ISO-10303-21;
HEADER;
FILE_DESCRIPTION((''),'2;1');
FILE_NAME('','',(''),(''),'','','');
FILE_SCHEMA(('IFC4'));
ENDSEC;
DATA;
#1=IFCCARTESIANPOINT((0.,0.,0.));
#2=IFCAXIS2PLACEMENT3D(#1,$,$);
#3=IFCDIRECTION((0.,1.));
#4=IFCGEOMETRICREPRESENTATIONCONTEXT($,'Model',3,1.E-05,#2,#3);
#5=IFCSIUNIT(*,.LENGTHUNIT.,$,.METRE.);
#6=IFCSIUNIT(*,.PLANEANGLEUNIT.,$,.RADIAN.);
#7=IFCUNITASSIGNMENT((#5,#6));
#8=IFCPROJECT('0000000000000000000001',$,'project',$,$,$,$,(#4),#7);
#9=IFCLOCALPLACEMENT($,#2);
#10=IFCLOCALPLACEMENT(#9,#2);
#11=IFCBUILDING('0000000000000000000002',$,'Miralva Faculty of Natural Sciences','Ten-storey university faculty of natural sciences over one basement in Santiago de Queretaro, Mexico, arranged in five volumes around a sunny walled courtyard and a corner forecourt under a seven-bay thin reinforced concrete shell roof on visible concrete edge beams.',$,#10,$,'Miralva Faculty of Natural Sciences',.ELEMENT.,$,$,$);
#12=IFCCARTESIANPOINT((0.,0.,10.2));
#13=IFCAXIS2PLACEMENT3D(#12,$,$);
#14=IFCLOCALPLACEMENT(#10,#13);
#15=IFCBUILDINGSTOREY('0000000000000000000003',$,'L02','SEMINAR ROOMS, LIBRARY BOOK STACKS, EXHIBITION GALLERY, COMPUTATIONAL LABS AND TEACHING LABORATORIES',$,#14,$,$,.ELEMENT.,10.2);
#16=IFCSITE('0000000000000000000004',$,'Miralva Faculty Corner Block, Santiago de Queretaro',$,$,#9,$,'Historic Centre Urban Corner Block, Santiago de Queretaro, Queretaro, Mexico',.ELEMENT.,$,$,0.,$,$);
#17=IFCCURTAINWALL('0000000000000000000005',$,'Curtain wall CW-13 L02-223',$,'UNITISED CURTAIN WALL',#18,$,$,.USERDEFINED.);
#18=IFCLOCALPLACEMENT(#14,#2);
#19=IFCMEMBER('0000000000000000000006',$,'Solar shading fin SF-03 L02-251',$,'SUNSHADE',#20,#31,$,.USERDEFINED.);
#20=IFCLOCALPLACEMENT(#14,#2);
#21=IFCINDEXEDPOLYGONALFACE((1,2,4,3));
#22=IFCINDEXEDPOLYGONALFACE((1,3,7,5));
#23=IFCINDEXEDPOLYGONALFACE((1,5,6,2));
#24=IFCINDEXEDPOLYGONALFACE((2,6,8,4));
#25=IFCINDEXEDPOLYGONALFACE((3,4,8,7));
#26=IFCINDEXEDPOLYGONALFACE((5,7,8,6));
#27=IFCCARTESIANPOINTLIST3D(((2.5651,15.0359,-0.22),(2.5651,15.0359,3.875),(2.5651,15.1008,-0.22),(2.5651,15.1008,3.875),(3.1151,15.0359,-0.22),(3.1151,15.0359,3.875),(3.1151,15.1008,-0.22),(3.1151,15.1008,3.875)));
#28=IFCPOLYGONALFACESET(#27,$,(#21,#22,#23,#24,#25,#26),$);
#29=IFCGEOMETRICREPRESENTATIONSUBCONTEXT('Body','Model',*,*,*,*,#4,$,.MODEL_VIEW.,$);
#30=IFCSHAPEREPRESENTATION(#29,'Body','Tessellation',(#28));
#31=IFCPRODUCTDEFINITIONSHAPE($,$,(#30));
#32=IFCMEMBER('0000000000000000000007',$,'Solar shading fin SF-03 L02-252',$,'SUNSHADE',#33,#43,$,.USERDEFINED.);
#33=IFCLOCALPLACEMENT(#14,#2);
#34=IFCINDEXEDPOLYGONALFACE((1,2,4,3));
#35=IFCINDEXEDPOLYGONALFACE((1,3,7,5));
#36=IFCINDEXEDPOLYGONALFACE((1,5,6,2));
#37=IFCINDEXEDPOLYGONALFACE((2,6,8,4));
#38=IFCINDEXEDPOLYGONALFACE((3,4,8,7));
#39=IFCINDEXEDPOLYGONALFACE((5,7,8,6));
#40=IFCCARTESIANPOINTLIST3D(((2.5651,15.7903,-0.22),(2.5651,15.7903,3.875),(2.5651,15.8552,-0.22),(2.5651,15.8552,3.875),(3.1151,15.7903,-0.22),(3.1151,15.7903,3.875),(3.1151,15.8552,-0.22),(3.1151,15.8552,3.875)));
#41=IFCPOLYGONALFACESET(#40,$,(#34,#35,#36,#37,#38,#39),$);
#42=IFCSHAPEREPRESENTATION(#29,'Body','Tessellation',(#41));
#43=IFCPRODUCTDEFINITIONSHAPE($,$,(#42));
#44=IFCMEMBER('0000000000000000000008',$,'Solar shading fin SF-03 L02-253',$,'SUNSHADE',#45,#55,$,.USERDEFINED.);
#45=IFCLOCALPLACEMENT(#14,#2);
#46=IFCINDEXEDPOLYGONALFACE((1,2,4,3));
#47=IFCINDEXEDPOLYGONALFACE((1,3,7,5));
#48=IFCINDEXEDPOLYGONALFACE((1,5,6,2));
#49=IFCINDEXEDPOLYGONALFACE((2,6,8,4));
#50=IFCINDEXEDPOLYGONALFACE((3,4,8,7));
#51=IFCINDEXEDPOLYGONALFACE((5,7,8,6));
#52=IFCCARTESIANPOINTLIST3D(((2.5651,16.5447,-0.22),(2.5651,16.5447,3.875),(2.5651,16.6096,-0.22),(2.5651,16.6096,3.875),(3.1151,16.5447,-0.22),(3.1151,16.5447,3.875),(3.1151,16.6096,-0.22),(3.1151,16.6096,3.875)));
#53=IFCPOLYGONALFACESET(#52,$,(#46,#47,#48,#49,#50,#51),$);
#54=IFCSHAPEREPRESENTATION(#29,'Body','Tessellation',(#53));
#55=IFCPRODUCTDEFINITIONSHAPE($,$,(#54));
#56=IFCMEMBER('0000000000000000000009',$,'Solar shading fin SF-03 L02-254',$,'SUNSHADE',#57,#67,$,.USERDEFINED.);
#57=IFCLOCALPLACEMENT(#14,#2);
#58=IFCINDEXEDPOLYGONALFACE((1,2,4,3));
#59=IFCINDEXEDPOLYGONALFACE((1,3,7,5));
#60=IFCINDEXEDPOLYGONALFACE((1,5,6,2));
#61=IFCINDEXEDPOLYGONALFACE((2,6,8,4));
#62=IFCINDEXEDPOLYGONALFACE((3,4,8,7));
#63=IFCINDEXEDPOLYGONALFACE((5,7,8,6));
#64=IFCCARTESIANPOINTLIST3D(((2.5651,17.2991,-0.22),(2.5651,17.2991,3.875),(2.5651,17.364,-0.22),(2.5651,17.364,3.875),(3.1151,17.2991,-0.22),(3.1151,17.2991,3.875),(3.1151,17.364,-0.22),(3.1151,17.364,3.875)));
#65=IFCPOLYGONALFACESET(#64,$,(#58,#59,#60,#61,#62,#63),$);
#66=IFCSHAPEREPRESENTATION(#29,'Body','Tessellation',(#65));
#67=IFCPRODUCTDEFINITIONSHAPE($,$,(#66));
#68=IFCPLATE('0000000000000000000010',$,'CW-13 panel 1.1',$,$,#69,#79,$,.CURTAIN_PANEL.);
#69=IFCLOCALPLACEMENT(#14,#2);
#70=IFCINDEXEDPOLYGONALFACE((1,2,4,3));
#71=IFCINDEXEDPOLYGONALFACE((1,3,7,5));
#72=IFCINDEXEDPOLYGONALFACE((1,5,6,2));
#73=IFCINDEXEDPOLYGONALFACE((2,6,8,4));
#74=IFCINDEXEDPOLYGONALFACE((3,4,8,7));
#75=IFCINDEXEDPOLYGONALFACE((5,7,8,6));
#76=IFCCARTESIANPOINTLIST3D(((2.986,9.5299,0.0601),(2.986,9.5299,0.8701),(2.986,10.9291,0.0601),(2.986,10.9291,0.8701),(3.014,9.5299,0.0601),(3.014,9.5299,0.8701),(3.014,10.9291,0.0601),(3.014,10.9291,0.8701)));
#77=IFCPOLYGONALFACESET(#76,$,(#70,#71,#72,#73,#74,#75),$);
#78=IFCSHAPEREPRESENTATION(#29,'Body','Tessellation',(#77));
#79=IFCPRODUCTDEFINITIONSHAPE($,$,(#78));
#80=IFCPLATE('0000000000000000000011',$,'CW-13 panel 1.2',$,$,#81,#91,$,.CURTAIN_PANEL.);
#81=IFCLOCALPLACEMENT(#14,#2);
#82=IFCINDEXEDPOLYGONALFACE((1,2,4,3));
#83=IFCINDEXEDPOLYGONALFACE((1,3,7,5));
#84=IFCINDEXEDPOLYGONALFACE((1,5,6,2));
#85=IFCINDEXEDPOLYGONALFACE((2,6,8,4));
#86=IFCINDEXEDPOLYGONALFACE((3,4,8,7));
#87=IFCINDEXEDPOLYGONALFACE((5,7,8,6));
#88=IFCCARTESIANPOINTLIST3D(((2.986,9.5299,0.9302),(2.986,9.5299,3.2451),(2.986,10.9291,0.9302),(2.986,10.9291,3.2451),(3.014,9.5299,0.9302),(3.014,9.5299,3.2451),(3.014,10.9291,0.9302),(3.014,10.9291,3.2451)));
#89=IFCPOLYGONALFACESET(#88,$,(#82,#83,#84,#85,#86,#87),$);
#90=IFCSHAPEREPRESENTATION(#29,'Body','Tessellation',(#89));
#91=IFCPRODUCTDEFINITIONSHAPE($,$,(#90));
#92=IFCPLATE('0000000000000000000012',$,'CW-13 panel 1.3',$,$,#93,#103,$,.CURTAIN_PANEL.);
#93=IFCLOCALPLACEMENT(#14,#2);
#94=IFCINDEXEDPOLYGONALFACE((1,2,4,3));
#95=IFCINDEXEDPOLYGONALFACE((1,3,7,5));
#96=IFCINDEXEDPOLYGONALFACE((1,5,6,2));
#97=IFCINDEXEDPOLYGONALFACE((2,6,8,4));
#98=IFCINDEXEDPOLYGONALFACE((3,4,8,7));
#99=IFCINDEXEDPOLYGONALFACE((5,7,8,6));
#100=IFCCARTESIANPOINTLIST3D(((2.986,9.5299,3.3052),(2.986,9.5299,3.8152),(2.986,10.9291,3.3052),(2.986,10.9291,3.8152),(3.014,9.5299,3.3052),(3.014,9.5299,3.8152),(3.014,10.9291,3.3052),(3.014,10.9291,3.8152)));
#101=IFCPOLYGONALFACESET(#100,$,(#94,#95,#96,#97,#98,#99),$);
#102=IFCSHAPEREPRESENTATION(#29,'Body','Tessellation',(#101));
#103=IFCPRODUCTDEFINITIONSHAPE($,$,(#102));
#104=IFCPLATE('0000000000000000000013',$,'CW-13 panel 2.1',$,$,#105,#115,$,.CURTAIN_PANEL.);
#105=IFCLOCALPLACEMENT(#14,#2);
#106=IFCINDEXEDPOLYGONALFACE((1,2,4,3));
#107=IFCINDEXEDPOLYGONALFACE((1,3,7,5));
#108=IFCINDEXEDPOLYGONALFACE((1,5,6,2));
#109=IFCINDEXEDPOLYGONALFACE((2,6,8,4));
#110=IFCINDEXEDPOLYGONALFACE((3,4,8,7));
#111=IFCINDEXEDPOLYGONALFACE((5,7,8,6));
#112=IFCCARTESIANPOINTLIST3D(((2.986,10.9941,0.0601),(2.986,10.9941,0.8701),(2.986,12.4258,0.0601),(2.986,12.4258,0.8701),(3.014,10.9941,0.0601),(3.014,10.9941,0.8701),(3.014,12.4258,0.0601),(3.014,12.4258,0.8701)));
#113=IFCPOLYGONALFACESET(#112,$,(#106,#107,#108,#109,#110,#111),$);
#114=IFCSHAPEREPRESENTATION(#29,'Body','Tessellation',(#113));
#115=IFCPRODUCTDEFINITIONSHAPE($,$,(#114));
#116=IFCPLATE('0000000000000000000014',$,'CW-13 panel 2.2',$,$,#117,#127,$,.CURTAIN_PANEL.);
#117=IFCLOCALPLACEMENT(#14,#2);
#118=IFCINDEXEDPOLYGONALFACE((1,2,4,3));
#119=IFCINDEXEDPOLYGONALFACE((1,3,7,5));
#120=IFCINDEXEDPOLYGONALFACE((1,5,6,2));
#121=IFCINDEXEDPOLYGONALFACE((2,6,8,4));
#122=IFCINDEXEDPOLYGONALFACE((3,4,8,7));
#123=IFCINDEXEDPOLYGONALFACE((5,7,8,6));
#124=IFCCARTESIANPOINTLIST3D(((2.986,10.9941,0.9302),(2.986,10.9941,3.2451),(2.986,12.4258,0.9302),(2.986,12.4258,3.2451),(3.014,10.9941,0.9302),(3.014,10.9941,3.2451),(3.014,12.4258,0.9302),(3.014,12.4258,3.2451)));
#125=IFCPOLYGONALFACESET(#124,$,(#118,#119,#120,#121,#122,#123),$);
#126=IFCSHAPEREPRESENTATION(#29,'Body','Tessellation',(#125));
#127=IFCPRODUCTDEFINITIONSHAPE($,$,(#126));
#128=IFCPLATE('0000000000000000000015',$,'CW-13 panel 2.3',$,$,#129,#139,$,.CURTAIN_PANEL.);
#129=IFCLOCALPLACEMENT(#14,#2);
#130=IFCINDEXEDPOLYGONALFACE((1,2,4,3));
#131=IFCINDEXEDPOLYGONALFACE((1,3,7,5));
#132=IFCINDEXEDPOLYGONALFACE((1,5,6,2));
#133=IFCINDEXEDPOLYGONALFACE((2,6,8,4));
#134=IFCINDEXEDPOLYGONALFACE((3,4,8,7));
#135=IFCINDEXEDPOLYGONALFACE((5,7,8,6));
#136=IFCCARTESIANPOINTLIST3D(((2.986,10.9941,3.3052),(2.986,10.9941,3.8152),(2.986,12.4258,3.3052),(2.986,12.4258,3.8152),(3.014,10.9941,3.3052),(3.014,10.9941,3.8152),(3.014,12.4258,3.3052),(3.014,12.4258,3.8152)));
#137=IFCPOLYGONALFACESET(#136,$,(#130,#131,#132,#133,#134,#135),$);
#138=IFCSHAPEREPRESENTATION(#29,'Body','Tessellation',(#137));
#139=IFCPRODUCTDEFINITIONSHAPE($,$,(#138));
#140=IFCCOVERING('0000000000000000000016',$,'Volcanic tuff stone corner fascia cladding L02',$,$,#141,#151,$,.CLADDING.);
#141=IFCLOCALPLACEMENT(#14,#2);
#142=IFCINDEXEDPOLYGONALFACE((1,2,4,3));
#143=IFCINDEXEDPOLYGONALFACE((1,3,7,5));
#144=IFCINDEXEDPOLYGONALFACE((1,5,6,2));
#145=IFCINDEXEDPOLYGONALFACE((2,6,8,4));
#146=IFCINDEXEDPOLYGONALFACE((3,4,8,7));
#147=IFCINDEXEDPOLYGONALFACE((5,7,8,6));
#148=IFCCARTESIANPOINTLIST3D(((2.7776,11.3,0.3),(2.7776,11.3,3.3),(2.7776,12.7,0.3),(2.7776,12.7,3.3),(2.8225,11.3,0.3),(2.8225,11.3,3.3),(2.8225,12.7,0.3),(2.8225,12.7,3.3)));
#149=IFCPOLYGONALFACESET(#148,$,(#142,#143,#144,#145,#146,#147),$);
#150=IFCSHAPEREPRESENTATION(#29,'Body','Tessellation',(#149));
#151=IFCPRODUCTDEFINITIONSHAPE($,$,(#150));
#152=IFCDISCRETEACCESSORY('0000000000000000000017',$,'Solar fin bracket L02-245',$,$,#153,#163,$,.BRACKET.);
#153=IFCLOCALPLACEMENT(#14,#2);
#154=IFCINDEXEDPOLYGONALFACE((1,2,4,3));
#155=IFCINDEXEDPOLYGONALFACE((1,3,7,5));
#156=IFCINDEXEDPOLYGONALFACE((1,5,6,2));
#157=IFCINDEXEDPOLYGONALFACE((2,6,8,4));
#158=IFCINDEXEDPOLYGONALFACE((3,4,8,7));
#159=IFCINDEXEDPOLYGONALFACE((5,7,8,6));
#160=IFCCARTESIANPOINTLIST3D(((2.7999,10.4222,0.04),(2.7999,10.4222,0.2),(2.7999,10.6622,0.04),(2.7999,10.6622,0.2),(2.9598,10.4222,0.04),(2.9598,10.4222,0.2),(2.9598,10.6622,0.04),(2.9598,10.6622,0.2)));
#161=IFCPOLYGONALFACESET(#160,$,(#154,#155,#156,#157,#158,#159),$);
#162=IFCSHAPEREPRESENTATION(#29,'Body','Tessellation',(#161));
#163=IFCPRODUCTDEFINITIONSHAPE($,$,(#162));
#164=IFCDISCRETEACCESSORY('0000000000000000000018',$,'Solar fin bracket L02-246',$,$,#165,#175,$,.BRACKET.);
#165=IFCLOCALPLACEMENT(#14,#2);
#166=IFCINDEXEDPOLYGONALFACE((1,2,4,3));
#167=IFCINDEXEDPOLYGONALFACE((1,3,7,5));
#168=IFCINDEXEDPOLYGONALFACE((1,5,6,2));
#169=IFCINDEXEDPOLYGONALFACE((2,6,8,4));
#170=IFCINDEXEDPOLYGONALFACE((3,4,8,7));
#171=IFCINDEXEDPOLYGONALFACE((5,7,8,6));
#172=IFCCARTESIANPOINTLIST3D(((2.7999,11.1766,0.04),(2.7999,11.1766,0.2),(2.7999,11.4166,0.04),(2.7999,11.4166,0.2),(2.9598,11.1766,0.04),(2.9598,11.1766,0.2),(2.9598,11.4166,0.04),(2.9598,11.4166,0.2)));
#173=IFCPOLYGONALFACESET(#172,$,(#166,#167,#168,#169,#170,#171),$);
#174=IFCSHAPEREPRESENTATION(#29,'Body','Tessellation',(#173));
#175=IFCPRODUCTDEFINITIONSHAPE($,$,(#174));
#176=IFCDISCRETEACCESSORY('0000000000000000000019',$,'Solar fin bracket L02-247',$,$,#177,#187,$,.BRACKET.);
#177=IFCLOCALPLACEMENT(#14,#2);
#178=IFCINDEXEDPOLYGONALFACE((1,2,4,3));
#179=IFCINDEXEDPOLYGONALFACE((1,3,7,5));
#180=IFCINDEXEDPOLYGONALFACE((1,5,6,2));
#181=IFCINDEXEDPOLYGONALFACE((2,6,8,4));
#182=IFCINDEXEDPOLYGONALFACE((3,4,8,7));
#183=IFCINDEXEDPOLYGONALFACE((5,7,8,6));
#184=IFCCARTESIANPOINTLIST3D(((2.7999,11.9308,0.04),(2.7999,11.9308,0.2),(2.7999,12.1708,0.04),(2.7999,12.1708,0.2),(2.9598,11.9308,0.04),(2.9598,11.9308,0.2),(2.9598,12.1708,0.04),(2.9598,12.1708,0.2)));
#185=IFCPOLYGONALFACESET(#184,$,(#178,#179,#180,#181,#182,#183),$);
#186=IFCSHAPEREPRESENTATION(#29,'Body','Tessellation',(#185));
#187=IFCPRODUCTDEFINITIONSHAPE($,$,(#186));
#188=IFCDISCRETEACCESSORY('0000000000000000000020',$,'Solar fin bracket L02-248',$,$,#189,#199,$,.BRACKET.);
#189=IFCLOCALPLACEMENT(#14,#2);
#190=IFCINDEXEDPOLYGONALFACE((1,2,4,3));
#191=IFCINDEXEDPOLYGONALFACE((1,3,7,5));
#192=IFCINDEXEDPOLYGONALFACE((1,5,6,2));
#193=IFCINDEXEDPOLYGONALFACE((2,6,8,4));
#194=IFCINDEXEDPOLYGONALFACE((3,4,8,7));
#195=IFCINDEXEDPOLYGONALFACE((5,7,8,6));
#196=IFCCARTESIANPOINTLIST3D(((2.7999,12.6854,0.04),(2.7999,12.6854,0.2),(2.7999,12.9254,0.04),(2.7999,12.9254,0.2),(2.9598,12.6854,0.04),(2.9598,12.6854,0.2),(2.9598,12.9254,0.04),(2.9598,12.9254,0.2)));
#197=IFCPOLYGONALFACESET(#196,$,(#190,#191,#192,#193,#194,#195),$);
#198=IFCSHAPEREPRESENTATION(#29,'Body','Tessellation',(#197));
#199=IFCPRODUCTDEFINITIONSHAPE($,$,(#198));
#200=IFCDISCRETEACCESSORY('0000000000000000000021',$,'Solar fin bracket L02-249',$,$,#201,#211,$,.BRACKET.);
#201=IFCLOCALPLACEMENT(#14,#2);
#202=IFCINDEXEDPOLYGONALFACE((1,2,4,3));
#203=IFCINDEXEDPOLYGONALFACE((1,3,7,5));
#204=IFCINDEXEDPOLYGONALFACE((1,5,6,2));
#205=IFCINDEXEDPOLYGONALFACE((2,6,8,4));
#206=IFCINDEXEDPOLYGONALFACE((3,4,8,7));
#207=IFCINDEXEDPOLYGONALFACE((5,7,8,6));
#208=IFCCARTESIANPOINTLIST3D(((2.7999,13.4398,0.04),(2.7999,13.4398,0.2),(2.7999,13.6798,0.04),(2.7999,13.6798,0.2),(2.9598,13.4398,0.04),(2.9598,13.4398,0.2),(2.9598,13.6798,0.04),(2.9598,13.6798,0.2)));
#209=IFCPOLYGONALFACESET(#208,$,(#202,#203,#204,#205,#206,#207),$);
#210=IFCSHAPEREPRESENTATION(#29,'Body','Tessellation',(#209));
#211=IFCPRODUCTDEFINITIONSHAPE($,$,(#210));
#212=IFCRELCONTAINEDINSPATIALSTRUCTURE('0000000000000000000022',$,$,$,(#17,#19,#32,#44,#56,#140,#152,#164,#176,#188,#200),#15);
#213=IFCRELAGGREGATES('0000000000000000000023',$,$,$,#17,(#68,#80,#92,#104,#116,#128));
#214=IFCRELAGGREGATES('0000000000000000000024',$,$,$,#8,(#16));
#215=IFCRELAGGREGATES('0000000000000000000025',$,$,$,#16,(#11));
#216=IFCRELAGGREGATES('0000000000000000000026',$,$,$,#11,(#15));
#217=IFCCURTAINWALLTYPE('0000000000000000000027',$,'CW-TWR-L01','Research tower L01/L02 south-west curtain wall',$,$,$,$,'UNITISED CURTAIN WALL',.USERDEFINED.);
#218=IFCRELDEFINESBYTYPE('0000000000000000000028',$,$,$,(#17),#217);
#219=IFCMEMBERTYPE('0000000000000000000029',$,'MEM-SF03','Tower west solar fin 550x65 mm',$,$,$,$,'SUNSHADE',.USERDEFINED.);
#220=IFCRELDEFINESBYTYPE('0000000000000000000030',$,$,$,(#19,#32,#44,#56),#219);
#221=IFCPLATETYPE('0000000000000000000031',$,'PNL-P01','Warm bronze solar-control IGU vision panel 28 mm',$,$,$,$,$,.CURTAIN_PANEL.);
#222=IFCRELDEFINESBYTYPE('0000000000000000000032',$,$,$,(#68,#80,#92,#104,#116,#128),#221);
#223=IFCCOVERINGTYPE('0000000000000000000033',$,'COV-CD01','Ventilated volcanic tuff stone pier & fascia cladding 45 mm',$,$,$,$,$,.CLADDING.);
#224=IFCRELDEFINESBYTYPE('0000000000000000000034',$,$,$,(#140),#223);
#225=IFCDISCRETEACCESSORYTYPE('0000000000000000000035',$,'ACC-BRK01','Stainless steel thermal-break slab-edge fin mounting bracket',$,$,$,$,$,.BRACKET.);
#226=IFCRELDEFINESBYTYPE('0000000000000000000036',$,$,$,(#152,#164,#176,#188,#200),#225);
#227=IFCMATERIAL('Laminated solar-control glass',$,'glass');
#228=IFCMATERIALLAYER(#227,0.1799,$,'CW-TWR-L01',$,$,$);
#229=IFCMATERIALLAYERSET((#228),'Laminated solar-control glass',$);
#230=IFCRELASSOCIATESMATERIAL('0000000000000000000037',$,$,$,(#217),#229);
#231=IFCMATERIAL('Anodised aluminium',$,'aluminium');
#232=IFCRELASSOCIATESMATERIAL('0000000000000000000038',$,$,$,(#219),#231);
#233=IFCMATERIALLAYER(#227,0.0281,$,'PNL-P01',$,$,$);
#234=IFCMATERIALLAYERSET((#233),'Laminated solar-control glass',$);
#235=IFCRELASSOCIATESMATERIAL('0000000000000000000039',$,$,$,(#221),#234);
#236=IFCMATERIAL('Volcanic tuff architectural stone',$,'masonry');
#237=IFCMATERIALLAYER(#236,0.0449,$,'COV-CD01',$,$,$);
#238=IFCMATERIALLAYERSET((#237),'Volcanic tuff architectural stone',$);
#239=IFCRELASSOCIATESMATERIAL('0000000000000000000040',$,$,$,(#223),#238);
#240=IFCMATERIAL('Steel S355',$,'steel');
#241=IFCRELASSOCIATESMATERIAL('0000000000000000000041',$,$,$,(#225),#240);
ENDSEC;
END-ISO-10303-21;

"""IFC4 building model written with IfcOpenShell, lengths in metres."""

from ifc_helpers import new_model, si_unit, direction, frame, origin, origin_2d, place, context, subcontext, project, spatial, rectangle, extrude, material, layer, layer_set, material_profile, profile_set, type_object, element, aggregate, save


model = new_model("IFC4")

# Units and contexts
model_context = context("Model", 3, precision=1e-05, world=origin(), true_north=direction((0.0, 1.0)))
body_context = subcontext(model_context, "Body", "Model", "MODEL_VIEW")
ifc_project = project(units=[si_unit("LENGTHUNIT", "METRE"), si_unit("PLANEANGLEUNIT", "RADIAN")], contexts=[model_context])

# Site, building, storey
site_placement = place(None, origin())
site = spatial("IfcSite", under=ifc_project, at=site_placement, Name="Miralva Faculty Corner Block, Santiago de Queretaro", LongName="Historic Centre Urban Corner Block, Santiago de Queretaro, Queretaro, Mexico", CompositionType="ELEMENT", RefElevation=0.0)
building_placement = place(site_placement, origin())
building = spatial("IfcBuilding", under=site, at=building_placement, Name="Miralva Faculty of Natural Sciences", Description="Ten-storey university faculty of natural sciences over one basement in Santiago de Queretaro, Mexico, arranged in five volumes around a sunny walled courtyard and a corner forecourt under a seven-bay thin reinforced concrete shell roof on visible concrete edge beams.", LongName="Miralva Faculty of Natural Sciences", CompositionType="ELEMENT")
storey_placement = place(building_placement, frame((0.0, 0.0, 10.2)))
storey = spatial("IfcBuildingStorey", under=building, at=storey_placement, Name="L02", Description="SEMINAR ROOMS, LIBRARY BOOK STACKS, EXHIBITION GALLERY, COMPUTATIONAL LABS AND TEACHING LABORATORIES", CompositionType="ELEMENT", Elevation=10.2)

# Curtain wall
ifc_material_1 = material(Name="Laminated solar-control glass", Category="glass")
ifc_layer_1 = layer(ifc_material_1, 0.1799, Name="CW-TWR-L01")
ifc_layer_set_1 = layer_set([ifc_layer_1], Name="Laminated solar-control glass")
curtain_wall_type = type_object("IfcCurtainWallType", Name="CW-TWR-L01", Description="Research tower L01/L02 south-west curtain wall", ElementType="UNITISED CURTAIN WALL", PredefinedType="USERDEFINED", material=ifc_layer_set_1)
curtain_wall_placement = place(storey_placement, origin())
curtain_wall = element("IfcCurtainWall", 1, at=curtain_wall_placement, inside=storey, type_object=curtain_wall_type, Name="Curtain wall CW-13 L02-223", ObjectType="UNITISED CURTAIN WALL", PredefinedType="USERDEFINED")
ifc_material_2 = material(Name="Anodised aluminium", Category="aluminium")

# Members
ifc_material_profile_1 = material_profile(ifc_material_2, rectangle(XDim=0.0649, YDim=0.55, at=origin_2d()), Name="FIN 550x65")
ifc_profile_set_1 = profile_set([ifc_material_profile_1], Name="Anodised aluminium")
member_type_1 = type_object("IfcMemberType", Name="MEM-SF03", Description="Tower west solar fin 550x65 mm", ElementType="SUNSHADE", PredefinedType="USERDEFINED", material=ifc_profile_set_1)
for number, where, z_axis, x_axis, name in (
    (2, (2.8401, 15.0684, -0.22), (0.0, 0.0, 1.0), (0.0, -1.0, 0.0), "Solar shading fin SF-03 L02-251"),
    (3, (2.8401, 15.8228, -0.22), (0.0, 0.0, 1.0), (0.0, -1.0, 0.0), "Solar shading fin SF-03 L02-252"),
    (4, (2.8401, 16.5771, -0.22), (0.0, 0.0, 1.0), (0.0, -1.0, 0.0), "Solar shading fin SF-03 L02-253"),
    (5, (2.8401, 17.3315, -0.22), (0.0, 0.0, 1.0), (0.0, -1.0, 0.0), "Solar shading fin SF-03 L02-254"),
):
    element("IfcMember", number, at=place(storey_placement, frame(where, z_axis=z_axis, x_axis=x_axis)), inside=storey, type_object=member_type_1, Name=name, ObjectType="SUNSHADE", PredefinedType="USERDEFINED", context=body_context, shape_type="SweptSolid", body=[
        extrude(rectangle(XDim=0.0649, YDim=0.55, at=origin_2d()), origin(), (0.0, 0.0, 1.0), 4.095),
    ])

# Plates
ifc_layer_2 = layer(ifc_material_1, 0.0281, Name="PNL-P01")
ifc_layer_set_2 = layer_set([ifc_layer_2], Name="Laminated solar-control glass")
plate_type = type_object("IfcPlateType", Name="PNL-P01", Description="Warm bronze solar-control IGU vision panel 28 mm", PredefinedType="CURTAIN_PANEL", material=ifc_layer_set_2)
plate_1_placement = place(storey_placement, frame((3.0, 10.2295, 0.0601), z_axis=(0.0, 0.0, 1.0), x_axis=(0.0, 1.0, 0.0)))
plate_1 = element("IfcPlate", 6, at=plate_1_placement, type_object=plate_type, Name="CW-13 panel 1.1", PredefinedType="CURTAIN_PANEL", context=body_context, shape_type="SweptSolid", body=[
    extrude(rectangle(XDim=1.3992, YDim=0.0281, at=origin_2d()), origin(), (0.0, 0.0, 1.0), 0.8101),
])
plate_2_placement = place(storey_placement, frame((3.0, 10.2295, 0.9302), z_axis=(0.0, 0.0, 1.0), x_axis=(0.0, 1.0, 0.0)))
plate_2 = element("IfcPlate", 7, at=plate_2_placement, type_object=plate_type, Name="CW-13 panel 1.2", PredefinedType="CURTAIN_PANEL", context=body_context, shape_type="SweptSolid", body=[
    extrude(rectangle(XDim=1.3992, YDim=0.0281, at=origin_2d()), origin(), (0.0, 0.0, 1.0), 2.3149),
])
plate_3_placement = place(storey_placement, frame((3.0, 10.2295, 3.3052), z_axis=(0.0, 0.0, 1.0), x_axis=(0.0, 1.0, 0.0)))
plate_3 = element("IfcPlate", 8, at=plate_3_placement, type_object=plate_type, Name="CW-13 panel 1.3", PredefinedType="CURTAIN_PANEL", context=body_context, shape_type="SweptSolid", body=[
    extrude(rectangle(XDim=1.3992, YDim=0.0281, at=origin_2d()), origin(), (0.0, 0.0, 1.0), 0.51),
])
plate_4_placement = place(storey_placement, frame((3.0, 11.71, 0.0601), z_axis=(0.0, 0.0, 1.0), x_axis=(0.0, 1.0, 0.0)))
plate_4 = element("IfcPlate", 9, at=plate_4_placement, type_object=plate_type, Name="CW-13 panel 2.1", PredefinedType="CURTAIN_PANEL", context=body_context, shape_type="SweptSolid", body=[
    extrude(rectangle(XDim=1.4316, YDim=0.0281, at=origin_2d()), origin(), (0.0, 0.0, 1.0), 0.8101),
])
plate_5_placement = place(storey_placement, frame((3.0, 11.71, 0.9302), z_axis=(0.0, 0.0, 1.0), x_axis=(0.0, 1.0, 0.0)))
plate_5 = element("IfcPlate", 10, at=plate_5_placement, type_object=plate_type, Name="CW-13 panel 2.2", PredefinedType="CURTAIN_PANEL", context=body_context, shape_type="SweptSolid", body=[
    extrude(rectangle(XDim=1.4316, YDim=0.0281, at=origin_2d()), origin(), (0.0, 0.0, 1.0), 2.3149),
])
plate_6_placement = place(storey_placement, frame((3.0, 11.71, 3.3052), z_axis=(0.0, 0.0, 1.0), x_axis=(0.0, 1.0, 0.0)))
plate_6 = element("IfcPlate", 11, at=plate_6_placement, type_object=plate_type, Name="CW-13 panel 2.3", PredefinedType="CURTAIN_PANEL", context=body_context, shape_type="SweptSolid", body=[
    extrude(rectangle(XDim=1.4316, YDim=0.0281, at=origin_2d()), origin(), (0.0, 0.0, 1.0), 0.51),
])
aggregate(curtain_wall, [plate_1, plate_2, plate_3, plate_4, plate_5, plate_6])

# Covering
ifc_material_3 = material(Name="Volcanic tuff architectural stone", Category="masonry")
ifc_layer_3 = layer(ifc_material_3, 0.0449, Name="COV-CD01")
ifc_layer_set_3 = layer_set([ifc_layer_3], Name="Volcanic tuff architectural stone")
covering_type = type_object("IfcCoveringType", Name="COV-CD01", Description="Ventilated volcanic tuff stone pier & fascia cladding 45 mm", PredefinedType="CLADDING", material=ifc_layer_set_3)
covering_placement = place(storey_placement, frame((2.8, 12.0, 0.3), z_axis=(0.0, 0.0, 1.0), x_axis=(1.0, 0.0, 0.0)))
element("IfcCovering", 12, at=covering_placement, inside=storey, type_object=covering_type, Name="Volcanic tuff stone corner fascia cladding L02", PredefinedType="CLADDING", context=body_context, shape_type="SweptSolid", body=[
    extrude(rectangle(XDim=0.0449, YDim=1.3999, at=origin_2d()), origin(), (0.0, 0.0, 1.0), 3.0),
])

# Discrete accessories
ifc_material_4 = material(Name="Steel S355", Category="steel")
discrete_accessory_type = type_object("IfcDiscreteAccessoryType", Name="ACC-BRK01", Description="Stainless steel thermal-break slab-edge fin mounting bracket", PredefinedType="BRACKET", material=ifc_material_4)
for number, where, z_axis, x_axis, name in (
    (13, (2.8799, 10.5422, 0.04), (0.0, 0.0, 1.0), (-1.0, 0.0, 0.0), "Solar fin bracket L02-245"),
    (14, (2.8799, 11.2966, 0.04), (0.0, 0.0, 1.0), (-1.0, 0.0, 0.0), "Solar fin bracket L02-246"),
    (15, (2.8799, 12.0508, 0.04), (0.0, 0.0, 1.0), (-1.0, 0.0, 0.0), "Solar fin bracket L02-247"),
    (16, (2.8799, 12.8054, 0.04), (0.0, 0.0, 1.0), (-1.0, 0.0, 0.0), "Solar fin bracket L02-248"),
    (17, (2.8799, 13.5598, 0.04), (0.0, 0.0, 1.0), (-1.0, 0.0, 0.0), "Solar fin bracket L02-249"),
):
    element("IfcDiscreteAccessory", number, at=place(storey_placement, frame(where, z_axis=z_axis, x_axis=x_axis)), inside=storey, type_object=discrete_accessory_type, Name=name, PredefinedType="BRACKET", context=body_context, shape_type="SweptSolid", body=[
        extrude(rectangle(XDim=0.1599, YDim=0.24, at=origin_2d()), origin(), (0.0, 0.0, 1.0), 0.1599),
    ])

save(model, "model.ifc")
